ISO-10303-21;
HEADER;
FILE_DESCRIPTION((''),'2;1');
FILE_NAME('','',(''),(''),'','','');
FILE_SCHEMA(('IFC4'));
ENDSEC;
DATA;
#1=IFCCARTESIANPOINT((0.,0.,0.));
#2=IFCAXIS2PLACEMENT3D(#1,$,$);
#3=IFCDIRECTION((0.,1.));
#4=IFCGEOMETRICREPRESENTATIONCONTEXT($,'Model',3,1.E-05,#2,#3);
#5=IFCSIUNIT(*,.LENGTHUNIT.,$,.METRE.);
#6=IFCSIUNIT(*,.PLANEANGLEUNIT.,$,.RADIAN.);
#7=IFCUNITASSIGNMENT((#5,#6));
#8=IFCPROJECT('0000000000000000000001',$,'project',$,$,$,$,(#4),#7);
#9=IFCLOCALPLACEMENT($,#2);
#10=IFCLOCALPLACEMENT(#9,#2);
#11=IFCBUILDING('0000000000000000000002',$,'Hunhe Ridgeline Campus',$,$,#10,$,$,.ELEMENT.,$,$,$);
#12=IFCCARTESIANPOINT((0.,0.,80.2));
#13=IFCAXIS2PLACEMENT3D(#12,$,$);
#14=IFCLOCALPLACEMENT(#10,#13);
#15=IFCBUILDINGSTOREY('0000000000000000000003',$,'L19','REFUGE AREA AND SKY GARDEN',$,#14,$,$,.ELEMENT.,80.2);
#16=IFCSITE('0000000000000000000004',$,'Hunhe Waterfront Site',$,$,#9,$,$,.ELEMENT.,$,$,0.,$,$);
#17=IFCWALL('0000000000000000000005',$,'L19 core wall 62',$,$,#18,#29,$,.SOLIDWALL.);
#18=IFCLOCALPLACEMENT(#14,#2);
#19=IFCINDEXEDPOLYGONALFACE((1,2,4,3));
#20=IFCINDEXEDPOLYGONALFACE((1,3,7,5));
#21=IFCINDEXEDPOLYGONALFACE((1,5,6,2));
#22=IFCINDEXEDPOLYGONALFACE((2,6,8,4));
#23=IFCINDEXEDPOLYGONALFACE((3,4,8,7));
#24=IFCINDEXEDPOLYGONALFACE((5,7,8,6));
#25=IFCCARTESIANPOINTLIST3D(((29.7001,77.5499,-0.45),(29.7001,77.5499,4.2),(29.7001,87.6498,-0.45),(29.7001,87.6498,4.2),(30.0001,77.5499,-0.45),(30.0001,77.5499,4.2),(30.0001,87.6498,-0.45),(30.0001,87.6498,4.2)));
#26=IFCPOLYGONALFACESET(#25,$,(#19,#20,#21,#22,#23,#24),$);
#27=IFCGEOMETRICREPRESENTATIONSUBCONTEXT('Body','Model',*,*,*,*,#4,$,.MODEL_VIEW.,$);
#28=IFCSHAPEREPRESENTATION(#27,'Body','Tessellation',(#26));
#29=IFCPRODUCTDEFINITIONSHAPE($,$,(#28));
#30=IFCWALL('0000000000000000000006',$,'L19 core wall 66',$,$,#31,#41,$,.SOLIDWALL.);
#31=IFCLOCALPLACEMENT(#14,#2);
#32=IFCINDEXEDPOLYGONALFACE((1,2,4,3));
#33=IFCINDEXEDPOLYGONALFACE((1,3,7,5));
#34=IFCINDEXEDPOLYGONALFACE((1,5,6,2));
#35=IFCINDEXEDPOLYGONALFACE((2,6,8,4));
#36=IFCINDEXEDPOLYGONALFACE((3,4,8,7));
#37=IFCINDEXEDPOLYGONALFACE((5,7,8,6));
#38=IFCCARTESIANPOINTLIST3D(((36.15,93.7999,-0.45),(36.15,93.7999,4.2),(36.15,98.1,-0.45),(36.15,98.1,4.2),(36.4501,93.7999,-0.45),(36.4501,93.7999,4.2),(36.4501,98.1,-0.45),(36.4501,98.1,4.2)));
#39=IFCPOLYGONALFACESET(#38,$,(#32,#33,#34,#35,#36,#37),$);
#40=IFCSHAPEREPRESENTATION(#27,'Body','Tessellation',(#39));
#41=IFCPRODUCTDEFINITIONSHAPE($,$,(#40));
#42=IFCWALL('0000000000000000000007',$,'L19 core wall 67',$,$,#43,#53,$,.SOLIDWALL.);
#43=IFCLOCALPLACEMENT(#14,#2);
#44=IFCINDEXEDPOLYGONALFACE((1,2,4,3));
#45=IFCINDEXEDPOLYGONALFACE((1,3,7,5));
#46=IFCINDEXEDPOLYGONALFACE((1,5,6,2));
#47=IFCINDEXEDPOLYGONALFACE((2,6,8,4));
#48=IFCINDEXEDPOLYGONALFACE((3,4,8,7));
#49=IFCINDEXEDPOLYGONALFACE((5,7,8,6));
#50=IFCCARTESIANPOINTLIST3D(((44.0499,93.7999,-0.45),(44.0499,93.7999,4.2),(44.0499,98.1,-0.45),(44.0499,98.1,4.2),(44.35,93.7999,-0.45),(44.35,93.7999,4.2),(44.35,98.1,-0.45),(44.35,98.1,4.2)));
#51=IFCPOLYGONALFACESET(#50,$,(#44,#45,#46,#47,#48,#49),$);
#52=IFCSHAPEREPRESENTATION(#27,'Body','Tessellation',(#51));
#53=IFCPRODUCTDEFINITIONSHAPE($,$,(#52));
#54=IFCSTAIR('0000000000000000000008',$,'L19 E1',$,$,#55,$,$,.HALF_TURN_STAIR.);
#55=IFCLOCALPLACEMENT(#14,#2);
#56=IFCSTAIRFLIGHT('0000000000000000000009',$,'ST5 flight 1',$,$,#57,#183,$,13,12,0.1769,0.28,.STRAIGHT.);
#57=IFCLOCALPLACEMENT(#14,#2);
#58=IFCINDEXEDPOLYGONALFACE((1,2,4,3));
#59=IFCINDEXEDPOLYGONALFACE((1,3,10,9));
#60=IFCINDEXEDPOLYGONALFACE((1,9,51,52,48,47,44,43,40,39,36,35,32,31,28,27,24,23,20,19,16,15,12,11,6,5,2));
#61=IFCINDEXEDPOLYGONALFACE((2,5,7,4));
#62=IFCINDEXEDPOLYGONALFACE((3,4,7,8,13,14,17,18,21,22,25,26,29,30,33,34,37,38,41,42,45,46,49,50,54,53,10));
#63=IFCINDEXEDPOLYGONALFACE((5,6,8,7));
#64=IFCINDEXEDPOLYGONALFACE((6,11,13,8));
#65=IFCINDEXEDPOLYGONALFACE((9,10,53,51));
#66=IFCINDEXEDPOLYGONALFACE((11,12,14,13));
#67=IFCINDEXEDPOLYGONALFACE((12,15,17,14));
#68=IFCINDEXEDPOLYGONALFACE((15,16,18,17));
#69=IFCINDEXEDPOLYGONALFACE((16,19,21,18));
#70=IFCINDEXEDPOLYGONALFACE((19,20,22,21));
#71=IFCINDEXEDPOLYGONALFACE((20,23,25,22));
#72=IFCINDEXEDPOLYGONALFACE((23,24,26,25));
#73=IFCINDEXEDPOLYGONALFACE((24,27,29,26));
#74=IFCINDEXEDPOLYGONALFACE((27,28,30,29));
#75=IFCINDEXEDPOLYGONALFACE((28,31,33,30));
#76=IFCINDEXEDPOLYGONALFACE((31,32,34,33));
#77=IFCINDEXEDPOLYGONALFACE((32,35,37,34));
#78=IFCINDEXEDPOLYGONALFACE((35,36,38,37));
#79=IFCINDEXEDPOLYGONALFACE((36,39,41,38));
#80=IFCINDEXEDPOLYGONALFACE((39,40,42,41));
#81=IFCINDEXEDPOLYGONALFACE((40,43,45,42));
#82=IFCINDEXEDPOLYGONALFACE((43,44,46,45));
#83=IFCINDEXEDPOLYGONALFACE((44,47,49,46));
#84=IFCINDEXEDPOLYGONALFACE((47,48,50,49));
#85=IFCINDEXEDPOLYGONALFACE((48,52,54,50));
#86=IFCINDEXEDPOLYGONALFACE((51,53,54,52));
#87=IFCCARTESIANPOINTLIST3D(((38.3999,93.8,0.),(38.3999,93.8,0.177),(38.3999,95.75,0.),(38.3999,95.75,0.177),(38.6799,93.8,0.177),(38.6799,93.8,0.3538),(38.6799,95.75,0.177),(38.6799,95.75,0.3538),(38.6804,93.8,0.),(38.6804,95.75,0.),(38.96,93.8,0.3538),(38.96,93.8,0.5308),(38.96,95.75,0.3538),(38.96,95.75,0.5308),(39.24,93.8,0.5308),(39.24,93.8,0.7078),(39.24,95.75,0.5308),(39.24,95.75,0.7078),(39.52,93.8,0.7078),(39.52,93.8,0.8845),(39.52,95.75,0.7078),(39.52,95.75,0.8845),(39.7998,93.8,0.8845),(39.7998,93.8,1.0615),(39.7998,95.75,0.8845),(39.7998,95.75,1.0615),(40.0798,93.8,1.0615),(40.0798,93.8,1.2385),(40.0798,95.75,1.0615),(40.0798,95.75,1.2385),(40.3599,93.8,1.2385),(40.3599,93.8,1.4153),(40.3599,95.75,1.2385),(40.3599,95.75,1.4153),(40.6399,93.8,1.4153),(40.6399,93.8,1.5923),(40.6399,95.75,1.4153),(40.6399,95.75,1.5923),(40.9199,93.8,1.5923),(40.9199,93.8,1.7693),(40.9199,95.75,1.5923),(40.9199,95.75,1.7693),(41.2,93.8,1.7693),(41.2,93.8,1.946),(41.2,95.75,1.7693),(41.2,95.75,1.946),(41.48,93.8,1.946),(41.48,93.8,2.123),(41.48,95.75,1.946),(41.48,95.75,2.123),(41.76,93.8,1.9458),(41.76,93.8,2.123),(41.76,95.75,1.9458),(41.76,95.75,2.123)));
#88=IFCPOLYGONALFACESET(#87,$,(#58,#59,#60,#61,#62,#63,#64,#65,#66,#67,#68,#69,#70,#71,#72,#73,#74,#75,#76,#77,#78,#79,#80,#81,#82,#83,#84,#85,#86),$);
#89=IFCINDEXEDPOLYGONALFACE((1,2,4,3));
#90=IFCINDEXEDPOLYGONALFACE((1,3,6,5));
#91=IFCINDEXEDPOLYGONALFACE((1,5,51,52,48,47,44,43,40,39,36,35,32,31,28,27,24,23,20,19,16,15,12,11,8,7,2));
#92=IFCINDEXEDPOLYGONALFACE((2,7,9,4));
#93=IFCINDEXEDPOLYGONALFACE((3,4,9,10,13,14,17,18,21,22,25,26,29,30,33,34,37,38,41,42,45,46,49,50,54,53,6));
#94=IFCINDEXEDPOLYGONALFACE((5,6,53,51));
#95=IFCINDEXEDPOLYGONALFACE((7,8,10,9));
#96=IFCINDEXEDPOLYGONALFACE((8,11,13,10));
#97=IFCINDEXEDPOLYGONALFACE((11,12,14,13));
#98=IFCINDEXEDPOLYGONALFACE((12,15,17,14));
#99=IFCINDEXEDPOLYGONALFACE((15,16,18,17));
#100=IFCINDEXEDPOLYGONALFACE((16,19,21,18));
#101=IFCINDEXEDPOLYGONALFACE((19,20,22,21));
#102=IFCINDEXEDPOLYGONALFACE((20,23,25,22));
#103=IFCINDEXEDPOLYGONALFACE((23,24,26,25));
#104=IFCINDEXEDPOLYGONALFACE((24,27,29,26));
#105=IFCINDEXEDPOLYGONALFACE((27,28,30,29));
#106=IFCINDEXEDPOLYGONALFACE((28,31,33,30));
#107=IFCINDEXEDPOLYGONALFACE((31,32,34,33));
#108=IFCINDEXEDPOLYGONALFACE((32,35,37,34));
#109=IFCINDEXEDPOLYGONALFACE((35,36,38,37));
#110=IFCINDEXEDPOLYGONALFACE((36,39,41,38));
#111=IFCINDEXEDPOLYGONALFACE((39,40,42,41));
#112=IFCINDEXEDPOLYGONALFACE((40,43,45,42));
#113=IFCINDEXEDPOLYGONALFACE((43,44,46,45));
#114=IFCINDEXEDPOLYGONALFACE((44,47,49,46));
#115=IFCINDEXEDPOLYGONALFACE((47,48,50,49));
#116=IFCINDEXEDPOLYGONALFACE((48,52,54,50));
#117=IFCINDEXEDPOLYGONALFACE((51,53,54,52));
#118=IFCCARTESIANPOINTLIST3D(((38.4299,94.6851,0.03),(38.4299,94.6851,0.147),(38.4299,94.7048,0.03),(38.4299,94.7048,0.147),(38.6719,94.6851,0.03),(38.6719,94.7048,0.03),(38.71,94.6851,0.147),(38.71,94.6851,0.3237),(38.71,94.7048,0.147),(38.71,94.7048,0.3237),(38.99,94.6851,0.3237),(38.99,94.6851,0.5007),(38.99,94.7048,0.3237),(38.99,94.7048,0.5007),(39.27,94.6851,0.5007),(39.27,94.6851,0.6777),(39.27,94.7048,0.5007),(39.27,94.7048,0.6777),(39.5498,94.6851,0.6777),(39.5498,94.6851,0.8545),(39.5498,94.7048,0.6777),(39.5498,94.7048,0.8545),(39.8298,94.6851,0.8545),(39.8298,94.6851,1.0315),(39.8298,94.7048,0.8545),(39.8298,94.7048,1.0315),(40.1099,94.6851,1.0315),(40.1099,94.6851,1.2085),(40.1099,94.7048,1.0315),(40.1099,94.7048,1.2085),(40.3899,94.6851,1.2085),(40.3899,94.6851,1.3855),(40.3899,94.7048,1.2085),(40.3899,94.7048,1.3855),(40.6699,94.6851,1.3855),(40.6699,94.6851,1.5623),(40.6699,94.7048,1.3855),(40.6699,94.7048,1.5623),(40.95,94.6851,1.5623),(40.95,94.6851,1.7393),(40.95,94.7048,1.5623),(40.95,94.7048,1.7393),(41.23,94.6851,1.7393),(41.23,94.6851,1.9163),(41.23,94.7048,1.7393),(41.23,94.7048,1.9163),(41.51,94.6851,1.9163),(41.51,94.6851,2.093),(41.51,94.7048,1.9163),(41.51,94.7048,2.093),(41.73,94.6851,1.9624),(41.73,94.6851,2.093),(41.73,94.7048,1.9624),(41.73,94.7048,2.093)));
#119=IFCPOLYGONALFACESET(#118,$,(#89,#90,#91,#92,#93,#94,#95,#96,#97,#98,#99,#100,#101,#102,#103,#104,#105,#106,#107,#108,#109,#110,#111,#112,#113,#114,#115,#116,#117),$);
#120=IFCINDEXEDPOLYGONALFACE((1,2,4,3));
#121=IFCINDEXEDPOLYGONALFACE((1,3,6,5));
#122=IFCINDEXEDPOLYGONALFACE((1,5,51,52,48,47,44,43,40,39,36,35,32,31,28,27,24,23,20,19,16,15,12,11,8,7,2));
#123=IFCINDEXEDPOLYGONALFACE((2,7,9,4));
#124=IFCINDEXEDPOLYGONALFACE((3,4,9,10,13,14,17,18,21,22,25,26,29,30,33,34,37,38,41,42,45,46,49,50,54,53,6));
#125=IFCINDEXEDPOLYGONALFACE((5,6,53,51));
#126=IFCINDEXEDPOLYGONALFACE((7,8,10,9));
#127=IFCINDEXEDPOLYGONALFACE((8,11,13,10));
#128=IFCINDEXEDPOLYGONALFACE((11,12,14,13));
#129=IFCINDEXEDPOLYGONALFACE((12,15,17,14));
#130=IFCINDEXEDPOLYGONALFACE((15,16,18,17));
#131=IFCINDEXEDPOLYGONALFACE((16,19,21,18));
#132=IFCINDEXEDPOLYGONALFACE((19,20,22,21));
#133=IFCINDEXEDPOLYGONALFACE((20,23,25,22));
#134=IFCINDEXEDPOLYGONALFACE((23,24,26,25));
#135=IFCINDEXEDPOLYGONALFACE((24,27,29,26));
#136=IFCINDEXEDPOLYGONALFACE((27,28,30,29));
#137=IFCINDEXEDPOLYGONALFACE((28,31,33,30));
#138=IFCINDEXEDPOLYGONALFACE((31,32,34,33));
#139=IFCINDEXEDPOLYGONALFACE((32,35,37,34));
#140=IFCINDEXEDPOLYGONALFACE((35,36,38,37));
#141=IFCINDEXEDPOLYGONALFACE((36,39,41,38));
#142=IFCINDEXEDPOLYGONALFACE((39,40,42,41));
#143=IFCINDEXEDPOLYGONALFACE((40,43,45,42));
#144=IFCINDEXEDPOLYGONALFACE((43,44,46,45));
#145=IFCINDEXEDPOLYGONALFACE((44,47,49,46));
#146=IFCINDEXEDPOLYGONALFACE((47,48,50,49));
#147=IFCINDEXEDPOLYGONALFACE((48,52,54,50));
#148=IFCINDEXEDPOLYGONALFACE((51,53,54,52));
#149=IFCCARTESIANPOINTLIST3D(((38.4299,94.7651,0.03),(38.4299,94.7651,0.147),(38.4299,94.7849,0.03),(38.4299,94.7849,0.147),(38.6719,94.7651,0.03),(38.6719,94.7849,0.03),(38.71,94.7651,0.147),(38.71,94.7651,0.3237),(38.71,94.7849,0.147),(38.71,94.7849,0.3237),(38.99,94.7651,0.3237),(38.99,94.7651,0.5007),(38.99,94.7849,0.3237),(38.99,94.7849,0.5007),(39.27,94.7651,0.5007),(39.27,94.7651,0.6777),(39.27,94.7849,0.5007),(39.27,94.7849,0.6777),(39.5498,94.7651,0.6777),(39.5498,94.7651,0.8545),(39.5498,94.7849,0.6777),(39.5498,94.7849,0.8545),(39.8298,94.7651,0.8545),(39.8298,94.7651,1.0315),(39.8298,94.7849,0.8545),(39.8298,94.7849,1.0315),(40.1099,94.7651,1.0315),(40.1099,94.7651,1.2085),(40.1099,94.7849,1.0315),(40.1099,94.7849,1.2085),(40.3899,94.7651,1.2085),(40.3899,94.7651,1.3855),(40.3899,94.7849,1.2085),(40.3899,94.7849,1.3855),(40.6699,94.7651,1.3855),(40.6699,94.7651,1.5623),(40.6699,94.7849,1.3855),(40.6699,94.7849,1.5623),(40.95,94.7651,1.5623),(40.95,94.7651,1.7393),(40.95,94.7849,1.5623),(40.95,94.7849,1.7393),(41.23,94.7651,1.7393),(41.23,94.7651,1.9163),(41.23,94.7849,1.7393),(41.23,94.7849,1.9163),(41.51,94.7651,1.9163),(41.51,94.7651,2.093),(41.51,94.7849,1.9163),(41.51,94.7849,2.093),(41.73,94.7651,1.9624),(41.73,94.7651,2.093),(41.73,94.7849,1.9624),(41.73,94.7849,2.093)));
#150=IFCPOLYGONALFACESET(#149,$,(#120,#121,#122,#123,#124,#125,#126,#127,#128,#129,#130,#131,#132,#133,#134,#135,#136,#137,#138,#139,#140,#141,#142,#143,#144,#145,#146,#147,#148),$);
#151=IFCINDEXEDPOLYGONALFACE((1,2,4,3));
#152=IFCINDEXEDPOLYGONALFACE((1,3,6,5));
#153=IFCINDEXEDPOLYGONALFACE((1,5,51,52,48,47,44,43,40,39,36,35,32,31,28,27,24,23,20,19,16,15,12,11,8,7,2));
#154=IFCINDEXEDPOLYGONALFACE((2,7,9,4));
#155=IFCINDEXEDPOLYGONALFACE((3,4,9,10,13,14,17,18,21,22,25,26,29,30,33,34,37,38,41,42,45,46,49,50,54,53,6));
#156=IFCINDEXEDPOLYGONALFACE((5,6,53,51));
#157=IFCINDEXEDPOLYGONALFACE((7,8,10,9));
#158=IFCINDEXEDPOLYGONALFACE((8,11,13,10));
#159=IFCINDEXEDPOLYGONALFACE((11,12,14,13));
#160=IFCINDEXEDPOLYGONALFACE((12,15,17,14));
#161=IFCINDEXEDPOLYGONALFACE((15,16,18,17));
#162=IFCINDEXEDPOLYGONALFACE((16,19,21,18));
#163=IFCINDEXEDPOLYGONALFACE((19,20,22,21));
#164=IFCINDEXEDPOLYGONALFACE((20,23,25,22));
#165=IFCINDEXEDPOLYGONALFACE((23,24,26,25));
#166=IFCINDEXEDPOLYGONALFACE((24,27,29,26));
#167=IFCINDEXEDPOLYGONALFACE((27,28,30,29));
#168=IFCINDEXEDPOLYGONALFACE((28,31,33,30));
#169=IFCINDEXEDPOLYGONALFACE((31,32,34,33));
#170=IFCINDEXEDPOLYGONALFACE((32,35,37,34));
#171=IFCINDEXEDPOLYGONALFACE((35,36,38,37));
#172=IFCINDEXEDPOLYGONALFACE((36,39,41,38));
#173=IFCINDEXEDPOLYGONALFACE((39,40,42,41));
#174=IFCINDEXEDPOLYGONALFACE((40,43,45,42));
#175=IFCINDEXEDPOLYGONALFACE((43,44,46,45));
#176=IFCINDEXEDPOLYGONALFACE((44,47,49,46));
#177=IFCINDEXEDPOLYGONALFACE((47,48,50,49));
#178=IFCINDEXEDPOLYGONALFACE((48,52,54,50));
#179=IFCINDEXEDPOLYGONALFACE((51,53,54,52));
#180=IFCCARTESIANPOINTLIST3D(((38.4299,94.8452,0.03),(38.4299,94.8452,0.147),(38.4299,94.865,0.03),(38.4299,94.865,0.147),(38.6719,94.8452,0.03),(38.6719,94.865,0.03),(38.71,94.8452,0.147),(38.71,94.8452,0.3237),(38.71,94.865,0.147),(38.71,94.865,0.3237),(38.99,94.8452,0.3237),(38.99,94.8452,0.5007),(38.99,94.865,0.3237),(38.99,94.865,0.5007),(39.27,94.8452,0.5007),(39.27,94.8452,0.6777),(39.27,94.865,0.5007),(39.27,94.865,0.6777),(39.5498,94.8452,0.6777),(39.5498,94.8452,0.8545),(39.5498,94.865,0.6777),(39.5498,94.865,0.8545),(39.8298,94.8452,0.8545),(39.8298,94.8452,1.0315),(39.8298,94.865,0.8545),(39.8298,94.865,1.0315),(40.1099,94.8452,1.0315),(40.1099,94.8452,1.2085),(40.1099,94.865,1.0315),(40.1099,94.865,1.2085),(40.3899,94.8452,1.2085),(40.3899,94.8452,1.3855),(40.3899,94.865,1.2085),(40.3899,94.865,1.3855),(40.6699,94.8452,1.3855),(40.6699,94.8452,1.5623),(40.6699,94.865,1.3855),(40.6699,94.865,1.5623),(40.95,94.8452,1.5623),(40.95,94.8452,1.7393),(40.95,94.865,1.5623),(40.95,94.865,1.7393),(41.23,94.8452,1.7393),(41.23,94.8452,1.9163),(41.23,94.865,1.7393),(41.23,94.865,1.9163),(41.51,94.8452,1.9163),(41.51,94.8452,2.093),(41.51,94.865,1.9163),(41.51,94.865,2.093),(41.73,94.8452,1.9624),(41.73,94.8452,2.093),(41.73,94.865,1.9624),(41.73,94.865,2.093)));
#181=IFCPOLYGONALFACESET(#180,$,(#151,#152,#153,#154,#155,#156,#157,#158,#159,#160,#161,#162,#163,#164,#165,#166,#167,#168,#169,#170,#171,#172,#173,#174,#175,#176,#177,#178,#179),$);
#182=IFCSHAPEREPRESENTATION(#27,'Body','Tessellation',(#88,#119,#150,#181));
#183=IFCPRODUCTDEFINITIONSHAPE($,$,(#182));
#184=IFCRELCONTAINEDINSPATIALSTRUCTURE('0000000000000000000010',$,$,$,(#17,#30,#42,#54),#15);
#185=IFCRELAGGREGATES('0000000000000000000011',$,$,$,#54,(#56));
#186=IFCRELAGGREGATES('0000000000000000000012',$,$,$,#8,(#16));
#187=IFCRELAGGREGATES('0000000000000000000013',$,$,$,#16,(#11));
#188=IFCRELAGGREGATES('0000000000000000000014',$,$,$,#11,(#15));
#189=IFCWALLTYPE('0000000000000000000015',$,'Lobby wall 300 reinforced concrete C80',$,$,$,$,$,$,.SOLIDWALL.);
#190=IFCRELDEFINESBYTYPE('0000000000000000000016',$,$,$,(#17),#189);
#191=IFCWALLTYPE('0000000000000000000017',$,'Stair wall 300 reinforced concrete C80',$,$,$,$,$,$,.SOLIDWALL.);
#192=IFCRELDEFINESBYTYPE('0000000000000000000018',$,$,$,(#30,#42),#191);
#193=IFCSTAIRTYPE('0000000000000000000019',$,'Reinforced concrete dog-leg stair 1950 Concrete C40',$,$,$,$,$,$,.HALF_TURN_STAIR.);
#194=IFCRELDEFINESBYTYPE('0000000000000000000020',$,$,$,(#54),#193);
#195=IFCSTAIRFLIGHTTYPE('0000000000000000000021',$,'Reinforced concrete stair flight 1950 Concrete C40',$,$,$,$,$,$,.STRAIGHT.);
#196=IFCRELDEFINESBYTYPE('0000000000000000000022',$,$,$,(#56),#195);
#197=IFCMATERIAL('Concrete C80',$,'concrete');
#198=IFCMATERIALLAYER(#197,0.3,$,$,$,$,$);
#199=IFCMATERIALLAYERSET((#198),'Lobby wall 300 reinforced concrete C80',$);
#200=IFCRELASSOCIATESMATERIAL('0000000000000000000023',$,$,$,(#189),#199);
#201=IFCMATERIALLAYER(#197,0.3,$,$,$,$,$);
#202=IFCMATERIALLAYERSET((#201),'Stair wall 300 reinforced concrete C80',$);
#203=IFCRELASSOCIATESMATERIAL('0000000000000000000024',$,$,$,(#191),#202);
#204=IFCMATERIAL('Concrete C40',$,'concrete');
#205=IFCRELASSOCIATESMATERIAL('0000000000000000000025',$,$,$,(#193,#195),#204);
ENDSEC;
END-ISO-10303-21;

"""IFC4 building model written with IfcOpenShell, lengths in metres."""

from ifc_helpers import new_model, si_unit, direction, frame, frame_2d, origin, place, context, subcontext, project, spatial, polyline, rectangle, outline, extrude, material, layer, layer_set, type_object, element, aggregate, save


model = new_model("IFC4")

# Units and contexts
model_context = context("Model", 3, precision=1e-05, world=origin(), true_north=direction((0.0, 1.0)))
body_context = subcontext(model_context, "Body", "Model", "MODEL_VIEW")
ifc_project = project(units=[si_unit("LENGTHUNIT", "METRE"), si_unit("PLANEANGLEUNIT", "RADIAN")], contexts=[model_context])

# Site, building, storey
site_placement = place(None, origin())
site = spatial("IfcSite", under=ifc_project, at=site_placement, Name="Hunhe Waterfront Site", CompositionType="ELEMENT", RefElevation=0.0)
building_placement = place(site_placement, origin())
building = spatial("IfcBuilding", under=site, at=building_placement, Name="Hunhe Ridgeline Campus", CompositionType="ELEMENT")
storey_placement = place(building_placement, frame((0.0, 0.0, 80.2)))
storey = spatial("IfcBuildingStorey", under=building, at=storey_placement, Name="L19", Description="REFUGE AREA AND SKY GARDEN", CompositionType="ELEMENT", Elevation=80.2)

# Wall
ifc_material_1 = material(Name="Concrete C80", Category="concrete")
ifc_layer_1 = layer(ifc_material_1, 0.3)
ifc_layer_set_1 = layer_set([ifc_layer_1], Name="Lobby wall 300 reinforced concrete C80")
wall_type_1 = type_object("IfcWallType", Name="Lobby wall 300 reinforced concrete C80", PredefinedType="SOLIDWALL", material=ifc_layer_set_1)
wall_1_placement = place(storey_placement, frame((29.8501, 77.55, -0.45), z_axis=(0.0, 0.0, 1.0), x_axis=(0.0, 1.0, 0.0)))
element("IfcWall", 1, at=wall_1_placement, inside=storey, type_object=wall_type_1, Name="L19 core wall 62", PredefinedType="SOLIDWALL", context=body_context, shape_type="SweptSolid", body=[
    extrude(rectangle(XDim=10.0999, YDim=0.3, at=frame_2d((5.0498, 0.0))), origin(), (0.0, 0.0, 1.0), 4.6499),
])

# Shared definitions
ifc_layer_2 = layer(ifc_material_1, 0.3)
ifc_layer_set_2 = layer_set([ifc_layer_2], Name="Stair wall 300 reinforced concrete C80")
wall_type_2 = type_object("IfcWallType", Name="Stair wall 300 reinforced concrete C80", PredefinedType="SOLIDWALL", material=ifc_layer_set_2)

# Walls
for number, where, z_axis, x_axis, name in (
    (2, (36.3, 93.8, -0.45), (0.0, 0.0, 1.0), (0.0, 1.0, 0.0), "L19 core wall 66"),
    (3, (44.2, 93.8, -0.45), (0.0, 0.0, 1.0), (0.0, 1.0, 0.0), "L19 core wall 67"),
):
    element("IfcWall", number, at=place(storey_placement, frame(where, z_axis=z_axis, x_axis=x_axis)), inside=storey, type_object=wall_type_2, Name=name, PredefinedType="SOLIDWALL", context=body_context, shape_type="SweptSolid", body=[
        extrude(rectangle(XDim=4.3, YDim=0.3, at=frame_2d((2.1499, 0.0))), origin(), (0.0, 0.0, 1.0), 4.6499),
    ])

# Stair, stair flight
ifc_material_2 = material(Name="Concrete C40", Category="concrete")
stair_type = type_object("IfcStairType", Name="Reinforced concrete dog-leg stair 1950 Concrete C40", PredefinedType="HALF_TURN_STAIR", material=ifc_material_2)
stair_placement = place(storey_placement, origin())
stair = element("IfcStair", 4, at=stair_placement, inside=storey, type_object=stair_type, Name="L19 E1", PredefinedType="HALF_TURN_STAIR")
stair_flight_type = type_object("IfcStairFlightType", Name="Reinforced concrete stair flight 1950 Concrete C40", PredefinedType="STRAIGHT", material=ifc_material_2)
stair_flight_1_placement = place(storey_placement, frame((38.3999, 94.7749, 0.0), z_axis=(0.0, 0.0, 1.0), x_axis=(1.0, 0.0, 0.0)))
stair_flight_1 = element("IfcStairFlight", 5, at=stair_flight_1_placement, type_object=stair_flight_type, Name="ST5 flight 1", NumberOfRisers=13, NumberOfTreads=12, PredefinedType="STRAIGHT", RiserHeight=0.1769, TreadLength=0.28, context=body_context, shape_type="SweptSolid", body=[
    extrude(outline(polyline([(0.0, 0.0), (0.0, 0.177), (0.28, 0.177), (0.28, 0.3538), (0.5601, 0.3538), (0.5601, 0.5308), (0.8401, 0.5308), (0.8401, 0.7078), (1.1201, 0.7078), (1.1201, 0.8845), (1.3999, 0.8845), (1.3999, 1.0615), (1.6799, 1.0615), (1.6799, 1.2385), (1.96, 1.2385), (1.96, 1.4153), (2.24, 1.4153), (2.24, 1.5923), (2.52, 1.5923), (2.52, 1.7693), (2.8, 1.7693), (2.8, 1.946), (3.0801, 1.946), (3.0801, 2.123), (3.3601, 2.123), (3.3601, 2.3), (3.3601, 1.9458), (0.2805, 0.0), (0.0, 0.0)])), frame((0.0, 0.9751, 0.0), z_axis=(0.0, -1.0, 0.0), x_axis=(1.0, 0.0, 0.0)), (0.0, 0.0, 1.0), 1.95),
    extrude(outline(polyline([(0.03, 0.03), (0.03, 0.147), (0.3101, 0.147), (0.3101, 0.3237), (0.5901, 0.3237), (0.5901, 0.5007), (0.8701, 0.5007), (0.8701, 0.6777), (1.1499, 0.6777), (1.1499, 0.8545), (1.4299, 0.8545), (1.4299, 1.0315), (1.71, 1.0315), (1.71, 1.2085), (1.99, 1.2085), (1.99, 1.3855), (2.27, 1.3855), (2.27, 1.5623), (2.55, 1.5623), (2.55, 1.7393), (2.8301, 1.7393), (2.8301, 1.9163), (3.1101, 1.9163), (3.1101, 2.093), (3.3301, 2.093), (3.3301, 1.9624), (0.272, 0.03), (0.03, 0.03)])), frame((0.0, -0.0701, 0.0), z_axis=(0.0, -1.0, 0.0), x_axis=(1.0, 0.0, 0.0)), (0.0, 0.0, 1.0), 0.0198),
    extrude(outline(polyline([(0.03, 0.03), (0.03, 0.147), (0.3101, 0.147), (0.3101, 0.3237), (0.5901, 0.3237), (0.5901, 0.5007), (0.8701, 0.5007), (0.8701, 0.6777), (1.1499, 0.6777), (1.1499, 0.8545), (1.4299, 0.8545), (1.4299, 1.0315), (1.71, 1.0315), (1.71, 1.2085), (1.99, 1.2085), (1.99, 1.3855), (2.27, 1.3855), (2.27, 1.5623), (2.55, 1.5623), (2.55, 1.7393), (2.8301, 1.7393), (2.8301, 1.9163), (3.1101, 1.9163), (3.1101, 2.093), (3.3301, 2.093), (3.3301, 1.9624), (0.272, 0.03), (0.03, 0.03)])), frame((0.0, 0.01, 0.0), z_axis=(0.0, -1.0, 0.0), x_axis=(1.0, 0.0, 0.0)), (0.0, 0.0, 1.0), 0.0198),
    extrude(outline(polyline([(0.03, 0.03), (0.03, 0.147), (0.3101, 0.147), (0.3101, 0.3237), (0.5901, 0.3237), (0.5901, 0.5007), (0.8701, 0.5007), (0.8701, 0.6777), (1.1499, 0.6777), (1.1499, 0.8545), (1.4299, 0.8545), (1.4299, 1.0315), (1.71, 1.0315), (1.71, 1.2085), (1.99, 1.2085), (1.99, 1.3855), (2.27, 1.3855), (2.27, 1.5623), (2.55, 1.5623), (2.55, 1.7393), (2.8301, 1.7393), (2.8301, 1.9163), (3.1101, 1.9163), (3.1101, 2.093), (3.3301, 2.093), (3.3301, 1.9624), (0.272, 0.03), (0.03, 0.03)])), frame((0.0, 0.0901, 0.0), z_axis=(0.0, -1.0, 0.0), x_axis=(1.0, 0.0, 0.0)), (0.0, 0.0, 1.0), 0.0198),
])
aggregate(stair, [stair_flight_1])

save(model, "model.ifc")
